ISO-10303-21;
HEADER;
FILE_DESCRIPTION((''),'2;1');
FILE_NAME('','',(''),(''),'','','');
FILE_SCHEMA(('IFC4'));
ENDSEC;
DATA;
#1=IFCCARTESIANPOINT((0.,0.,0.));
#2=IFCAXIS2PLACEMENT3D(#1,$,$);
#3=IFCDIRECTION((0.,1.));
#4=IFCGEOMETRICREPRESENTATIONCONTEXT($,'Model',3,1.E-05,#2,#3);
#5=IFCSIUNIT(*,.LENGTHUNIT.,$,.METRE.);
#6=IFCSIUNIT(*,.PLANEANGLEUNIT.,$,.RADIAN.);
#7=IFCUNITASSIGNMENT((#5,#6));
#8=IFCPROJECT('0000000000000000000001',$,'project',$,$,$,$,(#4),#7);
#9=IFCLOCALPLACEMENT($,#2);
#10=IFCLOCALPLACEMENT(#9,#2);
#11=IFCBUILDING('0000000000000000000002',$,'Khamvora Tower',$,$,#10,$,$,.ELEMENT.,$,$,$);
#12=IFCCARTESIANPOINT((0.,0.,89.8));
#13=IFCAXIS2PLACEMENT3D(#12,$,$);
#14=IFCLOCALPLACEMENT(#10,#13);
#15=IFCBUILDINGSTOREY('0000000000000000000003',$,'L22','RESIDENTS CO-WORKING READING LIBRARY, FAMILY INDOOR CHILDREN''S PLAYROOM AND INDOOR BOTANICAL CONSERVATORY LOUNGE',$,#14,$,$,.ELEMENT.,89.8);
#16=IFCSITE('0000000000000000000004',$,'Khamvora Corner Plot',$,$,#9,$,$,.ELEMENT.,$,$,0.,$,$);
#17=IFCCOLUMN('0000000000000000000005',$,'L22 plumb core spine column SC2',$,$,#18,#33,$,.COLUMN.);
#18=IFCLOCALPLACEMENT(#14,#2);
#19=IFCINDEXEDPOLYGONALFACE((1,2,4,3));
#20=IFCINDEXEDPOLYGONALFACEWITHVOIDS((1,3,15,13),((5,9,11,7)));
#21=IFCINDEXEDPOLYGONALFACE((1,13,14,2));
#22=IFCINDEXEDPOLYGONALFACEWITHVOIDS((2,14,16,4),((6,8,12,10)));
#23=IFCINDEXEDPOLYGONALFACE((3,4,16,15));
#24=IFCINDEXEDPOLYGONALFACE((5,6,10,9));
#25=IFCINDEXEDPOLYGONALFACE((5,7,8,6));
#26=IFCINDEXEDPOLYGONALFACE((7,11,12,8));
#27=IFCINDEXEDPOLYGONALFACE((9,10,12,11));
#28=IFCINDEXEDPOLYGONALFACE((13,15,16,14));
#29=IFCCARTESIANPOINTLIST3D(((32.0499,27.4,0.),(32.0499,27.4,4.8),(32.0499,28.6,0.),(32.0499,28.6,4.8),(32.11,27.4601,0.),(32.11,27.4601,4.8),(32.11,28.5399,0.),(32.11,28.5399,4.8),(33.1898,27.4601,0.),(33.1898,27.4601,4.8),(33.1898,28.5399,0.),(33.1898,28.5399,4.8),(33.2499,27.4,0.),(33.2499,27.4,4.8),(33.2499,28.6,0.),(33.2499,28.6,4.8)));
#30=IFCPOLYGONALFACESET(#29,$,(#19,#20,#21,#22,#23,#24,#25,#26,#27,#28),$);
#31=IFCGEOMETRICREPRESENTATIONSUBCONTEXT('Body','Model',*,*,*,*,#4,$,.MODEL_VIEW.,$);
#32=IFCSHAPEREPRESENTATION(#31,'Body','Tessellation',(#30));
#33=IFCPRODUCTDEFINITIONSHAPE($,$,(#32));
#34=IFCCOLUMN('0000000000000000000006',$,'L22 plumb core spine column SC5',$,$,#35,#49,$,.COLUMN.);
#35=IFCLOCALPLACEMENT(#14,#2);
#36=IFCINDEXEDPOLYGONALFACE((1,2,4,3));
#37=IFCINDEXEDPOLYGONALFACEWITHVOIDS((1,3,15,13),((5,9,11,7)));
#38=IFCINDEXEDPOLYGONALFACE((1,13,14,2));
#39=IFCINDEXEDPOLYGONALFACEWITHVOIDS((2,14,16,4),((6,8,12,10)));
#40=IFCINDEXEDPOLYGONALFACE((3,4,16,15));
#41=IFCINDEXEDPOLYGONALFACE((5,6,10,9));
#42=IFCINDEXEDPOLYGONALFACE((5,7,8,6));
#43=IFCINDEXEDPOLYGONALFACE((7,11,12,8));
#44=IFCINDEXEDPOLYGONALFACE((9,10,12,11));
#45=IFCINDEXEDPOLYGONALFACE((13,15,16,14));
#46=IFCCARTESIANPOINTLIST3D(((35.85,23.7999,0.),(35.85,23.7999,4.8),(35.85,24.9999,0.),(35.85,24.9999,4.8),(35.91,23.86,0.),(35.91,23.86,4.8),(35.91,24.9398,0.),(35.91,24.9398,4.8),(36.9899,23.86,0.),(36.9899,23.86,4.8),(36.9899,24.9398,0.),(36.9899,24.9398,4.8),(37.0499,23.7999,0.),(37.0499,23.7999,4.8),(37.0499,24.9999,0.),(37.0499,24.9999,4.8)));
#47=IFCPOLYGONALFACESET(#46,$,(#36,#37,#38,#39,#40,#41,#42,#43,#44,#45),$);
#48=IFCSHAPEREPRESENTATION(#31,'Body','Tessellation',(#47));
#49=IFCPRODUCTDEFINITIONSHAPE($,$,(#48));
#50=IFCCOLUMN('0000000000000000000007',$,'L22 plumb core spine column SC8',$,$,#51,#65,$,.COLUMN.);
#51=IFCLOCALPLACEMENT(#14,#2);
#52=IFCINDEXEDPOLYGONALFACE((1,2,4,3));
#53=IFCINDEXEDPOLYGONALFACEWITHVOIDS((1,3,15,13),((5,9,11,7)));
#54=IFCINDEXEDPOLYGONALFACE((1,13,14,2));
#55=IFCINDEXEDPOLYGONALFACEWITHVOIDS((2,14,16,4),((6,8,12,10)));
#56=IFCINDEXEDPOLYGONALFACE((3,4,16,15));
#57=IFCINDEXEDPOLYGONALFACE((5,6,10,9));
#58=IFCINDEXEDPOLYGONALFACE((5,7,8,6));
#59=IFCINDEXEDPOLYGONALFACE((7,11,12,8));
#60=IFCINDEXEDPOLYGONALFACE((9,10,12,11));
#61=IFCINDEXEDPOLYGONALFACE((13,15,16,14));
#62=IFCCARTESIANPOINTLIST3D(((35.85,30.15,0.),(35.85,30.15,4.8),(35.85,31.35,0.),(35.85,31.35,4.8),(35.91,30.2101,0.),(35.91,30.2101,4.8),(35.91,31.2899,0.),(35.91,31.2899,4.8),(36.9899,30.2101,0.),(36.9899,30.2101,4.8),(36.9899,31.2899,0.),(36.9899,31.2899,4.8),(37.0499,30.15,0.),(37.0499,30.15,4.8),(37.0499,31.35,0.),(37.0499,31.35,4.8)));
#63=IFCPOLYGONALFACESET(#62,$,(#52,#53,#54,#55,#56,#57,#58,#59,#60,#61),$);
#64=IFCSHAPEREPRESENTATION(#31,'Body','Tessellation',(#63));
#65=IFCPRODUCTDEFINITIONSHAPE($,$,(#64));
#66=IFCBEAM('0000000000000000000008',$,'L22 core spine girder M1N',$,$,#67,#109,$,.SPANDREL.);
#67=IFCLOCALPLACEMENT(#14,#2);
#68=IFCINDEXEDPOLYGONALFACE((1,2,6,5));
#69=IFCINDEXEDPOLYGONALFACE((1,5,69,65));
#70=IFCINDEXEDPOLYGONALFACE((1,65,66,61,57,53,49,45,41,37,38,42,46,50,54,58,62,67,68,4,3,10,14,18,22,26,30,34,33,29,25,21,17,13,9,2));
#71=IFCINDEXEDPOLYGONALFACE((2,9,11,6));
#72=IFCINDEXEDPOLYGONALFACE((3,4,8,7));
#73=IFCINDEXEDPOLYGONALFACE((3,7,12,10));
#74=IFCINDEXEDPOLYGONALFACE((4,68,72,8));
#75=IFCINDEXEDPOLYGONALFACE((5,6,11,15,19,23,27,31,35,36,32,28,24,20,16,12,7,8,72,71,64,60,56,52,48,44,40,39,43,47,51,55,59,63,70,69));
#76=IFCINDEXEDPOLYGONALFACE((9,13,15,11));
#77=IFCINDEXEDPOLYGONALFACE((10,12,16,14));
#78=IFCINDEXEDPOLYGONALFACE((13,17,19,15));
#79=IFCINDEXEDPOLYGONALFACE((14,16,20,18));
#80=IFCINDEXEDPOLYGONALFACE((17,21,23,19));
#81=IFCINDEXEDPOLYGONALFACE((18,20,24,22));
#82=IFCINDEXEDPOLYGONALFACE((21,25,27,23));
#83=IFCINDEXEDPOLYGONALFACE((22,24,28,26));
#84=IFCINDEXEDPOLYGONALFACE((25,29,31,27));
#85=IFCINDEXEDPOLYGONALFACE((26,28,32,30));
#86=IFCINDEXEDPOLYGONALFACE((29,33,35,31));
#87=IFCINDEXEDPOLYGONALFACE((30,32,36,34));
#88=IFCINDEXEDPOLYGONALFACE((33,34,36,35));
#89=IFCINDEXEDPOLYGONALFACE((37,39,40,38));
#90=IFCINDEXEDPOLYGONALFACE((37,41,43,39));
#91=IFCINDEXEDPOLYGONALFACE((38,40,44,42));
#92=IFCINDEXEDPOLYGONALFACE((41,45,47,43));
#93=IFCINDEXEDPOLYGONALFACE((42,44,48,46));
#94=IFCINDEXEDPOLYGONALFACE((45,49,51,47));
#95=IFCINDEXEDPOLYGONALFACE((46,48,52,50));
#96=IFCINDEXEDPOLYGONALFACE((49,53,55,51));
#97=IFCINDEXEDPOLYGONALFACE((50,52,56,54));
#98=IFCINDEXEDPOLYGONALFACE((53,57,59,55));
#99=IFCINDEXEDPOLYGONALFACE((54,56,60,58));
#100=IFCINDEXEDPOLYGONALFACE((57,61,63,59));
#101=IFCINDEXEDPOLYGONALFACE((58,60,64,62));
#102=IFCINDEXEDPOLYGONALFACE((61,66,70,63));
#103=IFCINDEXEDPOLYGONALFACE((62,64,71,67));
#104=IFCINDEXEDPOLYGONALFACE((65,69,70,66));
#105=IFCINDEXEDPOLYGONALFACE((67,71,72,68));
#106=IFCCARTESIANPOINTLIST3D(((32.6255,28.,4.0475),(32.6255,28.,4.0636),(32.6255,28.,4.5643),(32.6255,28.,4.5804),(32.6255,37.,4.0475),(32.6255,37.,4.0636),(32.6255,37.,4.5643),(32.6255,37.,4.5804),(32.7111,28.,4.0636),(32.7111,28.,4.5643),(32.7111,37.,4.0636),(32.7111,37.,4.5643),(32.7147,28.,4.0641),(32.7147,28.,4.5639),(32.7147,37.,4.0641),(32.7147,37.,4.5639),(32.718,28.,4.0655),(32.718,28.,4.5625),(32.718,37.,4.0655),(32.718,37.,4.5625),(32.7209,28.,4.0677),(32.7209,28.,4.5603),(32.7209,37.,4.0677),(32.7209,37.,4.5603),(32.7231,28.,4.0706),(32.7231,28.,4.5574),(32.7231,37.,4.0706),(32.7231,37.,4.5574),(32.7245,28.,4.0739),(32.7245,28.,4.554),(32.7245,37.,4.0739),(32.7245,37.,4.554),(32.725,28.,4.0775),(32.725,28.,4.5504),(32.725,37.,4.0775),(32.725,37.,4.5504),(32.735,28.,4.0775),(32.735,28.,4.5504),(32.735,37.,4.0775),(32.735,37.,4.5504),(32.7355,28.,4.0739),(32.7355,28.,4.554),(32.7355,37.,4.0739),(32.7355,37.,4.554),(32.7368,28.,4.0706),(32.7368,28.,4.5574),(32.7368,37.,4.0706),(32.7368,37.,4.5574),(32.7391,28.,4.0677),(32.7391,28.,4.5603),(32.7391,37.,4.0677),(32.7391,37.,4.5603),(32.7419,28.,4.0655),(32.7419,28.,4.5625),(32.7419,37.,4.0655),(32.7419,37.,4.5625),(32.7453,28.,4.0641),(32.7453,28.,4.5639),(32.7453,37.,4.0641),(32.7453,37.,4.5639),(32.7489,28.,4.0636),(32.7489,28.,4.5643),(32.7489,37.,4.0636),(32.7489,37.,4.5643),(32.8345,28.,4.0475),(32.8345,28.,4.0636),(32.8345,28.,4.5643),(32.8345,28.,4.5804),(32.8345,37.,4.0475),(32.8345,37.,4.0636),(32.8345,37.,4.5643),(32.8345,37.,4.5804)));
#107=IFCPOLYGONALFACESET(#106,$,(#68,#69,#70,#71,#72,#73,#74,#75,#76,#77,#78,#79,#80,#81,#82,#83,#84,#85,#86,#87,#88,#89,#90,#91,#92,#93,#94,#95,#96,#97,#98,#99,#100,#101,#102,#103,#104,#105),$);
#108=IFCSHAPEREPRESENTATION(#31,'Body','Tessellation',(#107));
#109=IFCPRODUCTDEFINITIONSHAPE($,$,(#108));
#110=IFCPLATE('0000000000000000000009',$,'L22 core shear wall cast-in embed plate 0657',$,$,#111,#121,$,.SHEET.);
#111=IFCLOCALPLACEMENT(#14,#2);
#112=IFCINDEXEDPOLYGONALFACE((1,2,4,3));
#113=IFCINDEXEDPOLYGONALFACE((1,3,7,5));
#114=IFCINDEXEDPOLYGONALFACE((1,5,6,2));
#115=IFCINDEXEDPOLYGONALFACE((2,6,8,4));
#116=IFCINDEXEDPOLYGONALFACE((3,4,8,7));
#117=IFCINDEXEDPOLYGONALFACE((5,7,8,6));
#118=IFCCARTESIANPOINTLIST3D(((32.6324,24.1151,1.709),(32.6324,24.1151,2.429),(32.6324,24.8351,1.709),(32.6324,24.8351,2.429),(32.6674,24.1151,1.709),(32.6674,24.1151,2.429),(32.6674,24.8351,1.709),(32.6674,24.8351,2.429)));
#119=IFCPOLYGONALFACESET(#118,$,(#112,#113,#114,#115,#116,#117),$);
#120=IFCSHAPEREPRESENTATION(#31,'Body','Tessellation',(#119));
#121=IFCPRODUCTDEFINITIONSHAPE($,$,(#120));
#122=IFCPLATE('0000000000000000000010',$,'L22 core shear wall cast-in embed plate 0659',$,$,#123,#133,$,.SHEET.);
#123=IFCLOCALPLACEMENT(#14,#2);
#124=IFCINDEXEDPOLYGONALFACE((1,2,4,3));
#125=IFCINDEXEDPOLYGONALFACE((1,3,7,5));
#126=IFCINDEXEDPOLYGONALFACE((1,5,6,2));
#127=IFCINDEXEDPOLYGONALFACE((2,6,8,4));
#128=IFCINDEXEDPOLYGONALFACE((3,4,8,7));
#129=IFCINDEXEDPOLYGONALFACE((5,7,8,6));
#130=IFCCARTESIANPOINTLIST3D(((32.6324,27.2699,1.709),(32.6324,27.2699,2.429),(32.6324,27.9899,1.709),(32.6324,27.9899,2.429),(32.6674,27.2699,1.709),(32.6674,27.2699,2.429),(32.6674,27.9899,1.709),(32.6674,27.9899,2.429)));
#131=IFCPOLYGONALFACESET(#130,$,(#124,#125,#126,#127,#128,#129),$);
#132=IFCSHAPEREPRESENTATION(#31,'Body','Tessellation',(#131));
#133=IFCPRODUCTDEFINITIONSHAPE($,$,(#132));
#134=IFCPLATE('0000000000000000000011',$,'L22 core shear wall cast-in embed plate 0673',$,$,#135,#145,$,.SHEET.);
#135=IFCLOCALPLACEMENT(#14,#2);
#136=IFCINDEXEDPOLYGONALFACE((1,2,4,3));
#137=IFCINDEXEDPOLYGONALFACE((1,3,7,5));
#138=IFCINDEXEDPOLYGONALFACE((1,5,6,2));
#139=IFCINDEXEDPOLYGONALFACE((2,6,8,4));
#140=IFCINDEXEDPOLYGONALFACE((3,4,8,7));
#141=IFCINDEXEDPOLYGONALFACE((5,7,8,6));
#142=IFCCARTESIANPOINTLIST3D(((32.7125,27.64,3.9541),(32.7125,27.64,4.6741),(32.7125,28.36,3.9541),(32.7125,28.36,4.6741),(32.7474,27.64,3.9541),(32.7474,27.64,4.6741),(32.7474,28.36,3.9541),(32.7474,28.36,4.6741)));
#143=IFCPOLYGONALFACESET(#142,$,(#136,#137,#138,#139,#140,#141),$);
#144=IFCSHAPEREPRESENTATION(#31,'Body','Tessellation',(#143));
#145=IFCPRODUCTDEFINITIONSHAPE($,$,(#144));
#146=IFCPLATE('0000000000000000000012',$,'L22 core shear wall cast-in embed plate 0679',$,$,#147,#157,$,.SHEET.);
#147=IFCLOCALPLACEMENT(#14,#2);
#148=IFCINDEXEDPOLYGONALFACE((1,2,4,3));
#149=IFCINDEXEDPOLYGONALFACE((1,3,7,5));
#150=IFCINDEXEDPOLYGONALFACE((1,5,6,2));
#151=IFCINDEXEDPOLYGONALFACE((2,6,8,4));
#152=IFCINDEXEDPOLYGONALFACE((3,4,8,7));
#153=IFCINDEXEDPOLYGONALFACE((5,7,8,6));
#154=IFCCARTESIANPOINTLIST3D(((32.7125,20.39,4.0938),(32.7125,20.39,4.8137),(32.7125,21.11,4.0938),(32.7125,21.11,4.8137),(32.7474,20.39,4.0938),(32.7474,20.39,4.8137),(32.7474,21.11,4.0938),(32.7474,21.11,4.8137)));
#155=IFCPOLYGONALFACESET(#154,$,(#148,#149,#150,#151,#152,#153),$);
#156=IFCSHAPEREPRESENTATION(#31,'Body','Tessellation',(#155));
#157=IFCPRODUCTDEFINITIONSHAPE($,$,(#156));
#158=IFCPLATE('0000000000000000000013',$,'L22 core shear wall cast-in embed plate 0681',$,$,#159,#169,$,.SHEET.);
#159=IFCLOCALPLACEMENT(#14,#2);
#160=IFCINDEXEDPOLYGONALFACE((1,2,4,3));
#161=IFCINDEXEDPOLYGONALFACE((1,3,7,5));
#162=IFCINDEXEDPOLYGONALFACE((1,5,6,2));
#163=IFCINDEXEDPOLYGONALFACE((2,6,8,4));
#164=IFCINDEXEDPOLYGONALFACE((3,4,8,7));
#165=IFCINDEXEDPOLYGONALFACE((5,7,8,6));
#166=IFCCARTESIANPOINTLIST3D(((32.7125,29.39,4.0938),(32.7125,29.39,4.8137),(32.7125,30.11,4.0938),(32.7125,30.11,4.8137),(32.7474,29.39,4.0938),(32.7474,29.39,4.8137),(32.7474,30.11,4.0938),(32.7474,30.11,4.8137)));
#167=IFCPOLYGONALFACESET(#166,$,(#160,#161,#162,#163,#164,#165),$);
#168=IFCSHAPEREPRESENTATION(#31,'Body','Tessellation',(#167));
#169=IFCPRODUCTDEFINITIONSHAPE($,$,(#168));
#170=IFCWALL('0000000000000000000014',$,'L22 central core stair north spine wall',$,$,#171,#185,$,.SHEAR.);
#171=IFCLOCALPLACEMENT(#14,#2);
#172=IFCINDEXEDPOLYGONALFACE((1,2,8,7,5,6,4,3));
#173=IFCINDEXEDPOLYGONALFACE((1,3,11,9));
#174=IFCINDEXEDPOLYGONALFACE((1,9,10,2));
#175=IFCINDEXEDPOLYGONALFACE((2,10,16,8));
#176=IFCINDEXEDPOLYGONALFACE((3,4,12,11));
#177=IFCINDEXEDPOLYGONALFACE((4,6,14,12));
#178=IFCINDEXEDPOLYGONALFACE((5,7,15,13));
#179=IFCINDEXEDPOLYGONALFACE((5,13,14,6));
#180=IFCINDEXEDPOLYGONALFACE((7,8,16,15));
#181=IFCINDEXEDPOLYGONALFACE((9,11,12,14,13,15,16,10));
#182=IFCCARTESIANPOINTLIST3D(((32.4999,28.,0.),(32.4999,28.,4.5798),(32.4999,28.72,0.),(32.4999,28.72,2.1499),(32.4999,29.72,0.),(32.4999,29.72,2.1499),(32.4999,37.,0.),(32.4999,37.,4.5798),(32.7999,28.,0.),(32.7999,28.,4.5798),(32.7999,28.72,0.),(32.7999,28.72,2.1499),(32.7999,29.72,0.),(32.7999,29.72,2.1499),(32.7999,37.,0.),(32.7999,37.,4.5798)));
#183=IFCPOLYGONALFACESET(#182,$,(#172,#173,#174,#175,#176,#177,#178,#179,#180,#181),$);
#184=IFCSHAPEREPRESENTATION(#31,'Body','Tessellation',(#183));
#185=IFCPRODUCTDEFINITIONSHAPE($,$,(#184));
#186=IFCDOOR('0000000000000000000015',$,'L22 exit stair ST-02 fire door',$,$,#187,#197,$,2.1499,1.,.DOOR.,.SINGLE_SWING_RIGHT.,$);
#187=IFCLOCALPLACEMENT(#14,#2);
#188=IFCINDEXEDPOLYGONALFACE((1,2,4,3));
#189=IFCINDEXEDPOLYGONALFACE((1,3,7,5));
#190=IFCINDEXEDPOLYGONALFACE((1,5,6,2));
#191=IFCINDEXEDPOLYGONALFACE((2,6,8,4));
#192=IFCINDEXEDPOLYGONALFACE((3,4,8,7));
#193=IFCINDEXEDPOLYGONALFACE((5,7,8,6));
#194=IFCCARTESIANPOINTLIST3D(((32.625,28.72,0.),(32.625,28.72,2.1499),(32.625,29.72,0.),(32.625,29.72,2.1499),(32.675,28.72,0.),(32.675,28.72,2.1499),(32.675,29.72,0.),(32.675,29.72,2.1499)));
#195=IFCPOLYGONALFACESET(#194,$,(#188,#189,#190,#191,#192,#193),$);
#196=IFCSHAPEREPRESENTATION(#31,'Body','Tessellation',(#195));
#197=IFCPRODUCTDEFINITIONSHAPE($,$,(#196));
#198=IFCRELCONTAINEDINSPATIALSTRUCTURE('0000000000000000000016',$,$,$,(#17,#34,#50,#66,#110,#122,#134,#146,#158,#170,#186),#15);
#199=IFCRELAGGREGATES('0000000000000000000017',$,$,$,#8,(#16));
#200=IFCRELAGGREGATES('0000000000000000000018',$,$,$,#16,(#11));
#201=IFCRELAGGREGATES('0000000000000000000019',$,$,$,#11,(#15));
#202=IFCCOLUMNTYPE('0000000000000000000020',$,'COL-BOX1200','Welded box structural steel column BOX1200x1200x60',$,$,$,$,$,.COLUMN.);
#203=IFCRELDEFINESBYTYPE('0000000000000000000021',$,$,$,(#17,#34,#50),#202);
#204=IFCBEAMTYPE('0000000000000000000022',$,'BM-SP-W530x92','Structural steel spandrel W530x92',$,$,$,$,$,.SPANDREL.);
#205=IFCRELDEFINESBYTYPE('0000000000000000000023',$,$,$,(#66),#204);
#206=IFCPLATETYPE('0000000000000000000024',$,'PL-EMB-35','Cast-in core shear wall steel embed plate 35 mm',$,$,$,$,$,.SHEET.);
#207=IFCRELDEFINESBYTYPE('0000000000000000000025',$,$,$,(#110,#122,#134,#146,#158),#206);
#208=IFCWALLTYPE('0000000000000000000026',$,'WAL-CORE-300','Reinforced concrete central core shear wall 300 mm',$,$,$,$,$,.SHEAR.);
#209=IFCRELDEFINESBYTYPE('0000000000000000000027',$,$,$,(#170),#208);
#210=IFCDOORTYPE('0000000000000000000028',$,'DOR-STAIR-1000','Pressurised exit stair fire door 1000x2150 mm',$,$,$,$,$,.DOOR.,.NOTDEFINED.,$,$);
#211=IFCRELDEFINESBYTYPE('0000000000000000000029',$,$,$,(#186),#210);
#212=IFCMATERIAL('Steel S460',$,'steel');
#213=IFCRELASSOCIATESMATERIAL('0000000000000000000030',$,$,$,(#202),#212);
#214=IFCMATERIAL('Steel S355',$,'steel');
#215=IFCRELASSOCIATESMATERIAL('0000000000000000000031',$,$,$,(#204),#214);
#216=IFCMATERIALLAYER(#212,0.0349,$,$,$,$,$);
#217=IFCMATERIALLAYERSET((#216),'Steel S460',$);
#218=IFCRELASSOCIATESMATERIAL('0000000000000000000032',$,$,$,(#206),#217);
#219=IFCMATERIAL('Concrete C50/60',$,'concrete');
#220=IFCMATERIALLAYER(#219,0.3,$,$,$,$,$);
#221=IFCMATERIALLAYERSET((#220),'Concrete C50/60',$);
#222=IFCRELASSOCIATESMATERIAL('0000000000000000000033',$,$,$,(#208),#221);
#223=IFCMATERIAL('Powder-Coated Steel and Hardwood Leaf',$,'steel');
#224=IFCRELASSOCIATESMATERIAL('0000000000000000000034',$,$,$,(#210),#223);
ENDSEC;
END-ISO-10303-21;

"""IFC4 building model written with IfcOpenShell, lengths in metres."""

from ifc_helpers import new_model, si_unit, direction, frame, frame_2d, origin, origin_2d, place, context, subcontext, project, spatial, rectangle, hollow_rectangle, i_section, extrude, material, layer, layer_set, material_profile, profile_set, type_object, element, fill, save


model = new_model("IFC4")

# Units and contexts
model_context = context("Model", 3, precision=1e-05, world=origin(), true_north=direction((0.0, 1.0)))
body_context = subcontext(model_context, "Body", "Model", "MODEL_VIEW")
ifc_project = project(units=[si_unit("LENGTHUNIT", "METRE"), si_unit("PLANEANGLEUNIT", "RADIAN")], contexts=[model_context])

# Site, building, storey
site_placement = place(None, origin())
site = spatial("IfcSite", under=ifc_project, at=site_placement, Name="Khamvora Corner Plot", CompositionType="ELEMENT", RefElevation=0.0)
building_placement = place(site_placement, origin())
building = spatial("IfcBuilding", under=site, at=building_placement, Name="Khamvora Tower", CompositionType="ELEMENT")
storey_placement = place(building_placement, frame((0.0, 0.0, 89.8)))
storey = spatial("IfcBuildingStorey", under=building, at=storey_placement, Name="L22", Description="RESIDENTS CO-WORKING READING LIBRARY, FAMILY INDOOR CHILDREN'S PLAYROOM AND INDOOR BOTANICAL CONSERVATORY LOUNGE", CompositionType="ELEMENT", Elevation=89.8)

# Columns
ifc_material_1 = material(Name="Steel S460", Category="steel")
ifc_material_profile_1 = material_profile(ifc_material_1, hollow_rectangle(XDim=1.2, YDim=1.2, WallThickness=0.0601, at=origin_2d()), Name="BOX1200x1200x60")
ifc_profile_set_1 = profile_set([ifc_material_profile_1], Name="Steel S460")
column_type = type_object("IfcColumnType", Name="COL-BOX1200", Description="Welded box structural steel column BOX1200x1200x60", PredefinedType="COLUMN", material=ifc_profile_set_1)
for number, where, z_axis, x_axis, name in (
    (1, (32.6499, 28.0, 0.0), (0.0, 0.0, 1.0), (1.0, 0.0, 0.0), "L22 plumb core spine column SC2"),
    (2, (36.45, 24.3999, 0.0), (0.0, 0.0, 1.0), (1.0, 0.0, 0.0), "L22 plumb core spine column SC5"),
    (3, (36.45, 30.75, 0.0), (0.0, 0.0, 1.0), (1.0, 0.0, 0.0), "L22 plumb core spine column SC8"),
):
    element("IfcColumn", number, at=place(storey_placement, frame(where, z_axis=z_axis, x_axis=x_axis)), inside=storey, type_object=column_type, Name=name, PredefinedType="COLUMN", context=body_context, shape_type="SweptSolid", body=[
        extrude(hollow_rectangle(XDim=1.2, YDim=1.2, WallThickness=0.0601, at=origin_2d()), origin(), (0.0, 0.0, 1.0), 4.8),
    ])

# Beam
ifc_material_2 = material(Name="Steel S355", Category="steel")
ifc_material_profile_2 = material_profile(ifc_material_2, i_section(OverallWidth=0.209, OverallDepth=0.533, WebThickness=0.01, FlangeThickness=0.0161, FilletRadius=0.0139, at=origin_2d()), Name="W530x92")
ifc_profile_set_2 = profile_set([ifc_material_profile_2], Name="Steel S355")
beam_type = type_object("IfcBeamType", Name="BM-SP-W530x92", Description="Structural steel spandrel W530x92", PredefinedType="SPANDREL", material=ifc_profile_set_2)
beam_placement = place(storey_placement, frame((32.73, 28.0, 4.314), z_axis=(0.0, 1.0, 0.0), x_axis=(-1.0, 0.0, 0.0)))
element("IfcBeam", 4, at=beam_placement, inside=storey, type_object=beam_type, Name="L22 core spine girder M1N", PredefinedType="SPANDREL", context=body_context, shape_type="SweptSolid", body=[
    extrude(i_section(OverallWidth=0.209, OverallDepth=0.533, WebThickness=0.01, FlangeThickness=0.0161, FilletRadius=0.0139, at=origin_2d()), origin(), (0.0, 0.0, 1.0), 9.0),
])

# Plates
ifc_layer_1 = layer(ifc_material_1, 0.0349)
ifc_layer_set_1 = layer_set([ifc_layer_1], Name="Steel S460")
plate_type = type_object("IfcPlateType", Name="PL-EMB-35", Description="Cast-in core shear wall steel embed plate 35 mm", PredefinedType="SHEET", material=ifc_layer_set_1)
for number, where, z_axis, x_axis, name in (
    (5, (32.6499, 24.4751, 1.709), (0.0, 0.0, 1.0), (1.0, 0.0, 0.0), "L22 core shear wall cast-in embed plate 0657"),
    (6, (32.6499, 27.6299, 1.709), (0.0, 0.0, 1.0), (1.0, 0.0, 0.0), "L22 core shear wall cast-in embed plate 0659"),
    (7, (32.73, 28.0, 3.9541), (0.0, 0.0, 1.0), (1.0, 0.0, 0.0), "L22 core shear wall cast-in embed plate 0673"),
    (8, (32.73, 20.75, 4.0938), (0.0, 0.0, 1.0), (1.0, 0.0, 0.0), "L22 core shear wall cast-in embed plate 0679"),
    (9, (32.73, 29.75, 4.0938), (0.0, 0.0, 1.0), (1.0, 0.0, 0.0), "L22 core shear wall cast-in embed plate 0681"),
):
    element("IfcPlate", number, at=place(storey_placement, frame(where, z_axis=z_axis, x_axis=x_axis)), inside=storey, type_object=plate_type, Name=name, PredefinedType="SHEET", context=body_context, shape_type="SweptSolid", body=[
        extrude(rectangle(XDim=0.0349, YDim=0.72, at=origin_2d()), origin(), (0.0, 0.0, 1.0), 0.72),
    ])

# Wall, opening, door
ifc_material_3 = material(Name="Concrete C50/60", Category="concrete")
ifc_layer_2 = layer(ifc_material_3, 0.3)
ifc_layer_set_2 = layer_set([ifc_layer_2], Name="Concrete C50/60")
wall_type_1 = type_object("IfcWallType", Name="WAL-CORE-300", Description="Reinforced concrete central core shear wall 300 mm", PredefinedType="SHEAR", material=ifc_layer_set_2)
wall_1_placement = place(storey_placement, frame((32.6499, 28.0, 0.0), z_axis=(0.0, 0.0, 1.0), x_axis=(0.0, 1.0, 0.0)))
wall_1 = element("IfcWall", 10, at=wall_1_placement, inside=storey, type_object=wall_type_1, Name="L22 central core stair north spine wall", PredefinedType="SHEAR", context=body_context, shape_type="SweptSolid", body=[
    extrude(rectangle(XDim=9.0, YDim=0.3, at=frame_2d((4.5, 0.0))), origin(), (0.0, 0.0, 1.0), 4.5798),
])
opening_1_placement = place(wall_1_placement, frame((0.72, 0.0, 0.0)))
opening_1 = element("IfcOpeningElement", 11, at=opening_1_placement, cuts=wall_1, PredefinedType="OPENING", context=body_context, shape_type="SweptSolid", body=[
    extrude(rectangle(XDim=1.0, YDim=2.1499, at=frame_2d((0.5, 1.075))), frame((0.0, 0.1599, 0.0), z_axis=(0.0, -1.0, 0.0), x_axis=(1.0, 0.0, 0.0)), (0.0, 0.0, 1.0), 0.3201),
])
ifc_material_4 = material(Name="Powder-Coated Steel and Hardwood Leaf", Category="steel")
door_type_1 = type_object("IfcDoorType", Name="DOR-STAIR-1000", Description="Pressurised exit stair fire door 1000x2150 mm", OperationType="NOTDEFINED", PredefinedType="DOOR", material=ifc_material_4)
door_1_placement = place(opening_1_placement, origin())
door_1 = element("IfcDoor", 12, at=door_1_placement, inside=storey, type_object=door_type_1, Name="L22 exit stair ST-02 fire door", OperationType="SINGLE_SWING_RIGHT", OverallHeight=2.1499, OverallWidth=1.0, PredefinedType="DOOR", context=body_context, shape_type="SweptSolid", body=[
    extrude(rectangle(XDim=1.0, YDim=2.1499, at=frame_2d((0.5, 1.075))), frame((0.0, 0.0249, 0.0), z_axis=(0.0, -1.0, 0.0), x_axis=(1.0, 0.0, 0.0)), (0.0, 0.0, 1.0), 0.05),
])
fill(opening_1, door_1)

save(model, "model.ifc")
